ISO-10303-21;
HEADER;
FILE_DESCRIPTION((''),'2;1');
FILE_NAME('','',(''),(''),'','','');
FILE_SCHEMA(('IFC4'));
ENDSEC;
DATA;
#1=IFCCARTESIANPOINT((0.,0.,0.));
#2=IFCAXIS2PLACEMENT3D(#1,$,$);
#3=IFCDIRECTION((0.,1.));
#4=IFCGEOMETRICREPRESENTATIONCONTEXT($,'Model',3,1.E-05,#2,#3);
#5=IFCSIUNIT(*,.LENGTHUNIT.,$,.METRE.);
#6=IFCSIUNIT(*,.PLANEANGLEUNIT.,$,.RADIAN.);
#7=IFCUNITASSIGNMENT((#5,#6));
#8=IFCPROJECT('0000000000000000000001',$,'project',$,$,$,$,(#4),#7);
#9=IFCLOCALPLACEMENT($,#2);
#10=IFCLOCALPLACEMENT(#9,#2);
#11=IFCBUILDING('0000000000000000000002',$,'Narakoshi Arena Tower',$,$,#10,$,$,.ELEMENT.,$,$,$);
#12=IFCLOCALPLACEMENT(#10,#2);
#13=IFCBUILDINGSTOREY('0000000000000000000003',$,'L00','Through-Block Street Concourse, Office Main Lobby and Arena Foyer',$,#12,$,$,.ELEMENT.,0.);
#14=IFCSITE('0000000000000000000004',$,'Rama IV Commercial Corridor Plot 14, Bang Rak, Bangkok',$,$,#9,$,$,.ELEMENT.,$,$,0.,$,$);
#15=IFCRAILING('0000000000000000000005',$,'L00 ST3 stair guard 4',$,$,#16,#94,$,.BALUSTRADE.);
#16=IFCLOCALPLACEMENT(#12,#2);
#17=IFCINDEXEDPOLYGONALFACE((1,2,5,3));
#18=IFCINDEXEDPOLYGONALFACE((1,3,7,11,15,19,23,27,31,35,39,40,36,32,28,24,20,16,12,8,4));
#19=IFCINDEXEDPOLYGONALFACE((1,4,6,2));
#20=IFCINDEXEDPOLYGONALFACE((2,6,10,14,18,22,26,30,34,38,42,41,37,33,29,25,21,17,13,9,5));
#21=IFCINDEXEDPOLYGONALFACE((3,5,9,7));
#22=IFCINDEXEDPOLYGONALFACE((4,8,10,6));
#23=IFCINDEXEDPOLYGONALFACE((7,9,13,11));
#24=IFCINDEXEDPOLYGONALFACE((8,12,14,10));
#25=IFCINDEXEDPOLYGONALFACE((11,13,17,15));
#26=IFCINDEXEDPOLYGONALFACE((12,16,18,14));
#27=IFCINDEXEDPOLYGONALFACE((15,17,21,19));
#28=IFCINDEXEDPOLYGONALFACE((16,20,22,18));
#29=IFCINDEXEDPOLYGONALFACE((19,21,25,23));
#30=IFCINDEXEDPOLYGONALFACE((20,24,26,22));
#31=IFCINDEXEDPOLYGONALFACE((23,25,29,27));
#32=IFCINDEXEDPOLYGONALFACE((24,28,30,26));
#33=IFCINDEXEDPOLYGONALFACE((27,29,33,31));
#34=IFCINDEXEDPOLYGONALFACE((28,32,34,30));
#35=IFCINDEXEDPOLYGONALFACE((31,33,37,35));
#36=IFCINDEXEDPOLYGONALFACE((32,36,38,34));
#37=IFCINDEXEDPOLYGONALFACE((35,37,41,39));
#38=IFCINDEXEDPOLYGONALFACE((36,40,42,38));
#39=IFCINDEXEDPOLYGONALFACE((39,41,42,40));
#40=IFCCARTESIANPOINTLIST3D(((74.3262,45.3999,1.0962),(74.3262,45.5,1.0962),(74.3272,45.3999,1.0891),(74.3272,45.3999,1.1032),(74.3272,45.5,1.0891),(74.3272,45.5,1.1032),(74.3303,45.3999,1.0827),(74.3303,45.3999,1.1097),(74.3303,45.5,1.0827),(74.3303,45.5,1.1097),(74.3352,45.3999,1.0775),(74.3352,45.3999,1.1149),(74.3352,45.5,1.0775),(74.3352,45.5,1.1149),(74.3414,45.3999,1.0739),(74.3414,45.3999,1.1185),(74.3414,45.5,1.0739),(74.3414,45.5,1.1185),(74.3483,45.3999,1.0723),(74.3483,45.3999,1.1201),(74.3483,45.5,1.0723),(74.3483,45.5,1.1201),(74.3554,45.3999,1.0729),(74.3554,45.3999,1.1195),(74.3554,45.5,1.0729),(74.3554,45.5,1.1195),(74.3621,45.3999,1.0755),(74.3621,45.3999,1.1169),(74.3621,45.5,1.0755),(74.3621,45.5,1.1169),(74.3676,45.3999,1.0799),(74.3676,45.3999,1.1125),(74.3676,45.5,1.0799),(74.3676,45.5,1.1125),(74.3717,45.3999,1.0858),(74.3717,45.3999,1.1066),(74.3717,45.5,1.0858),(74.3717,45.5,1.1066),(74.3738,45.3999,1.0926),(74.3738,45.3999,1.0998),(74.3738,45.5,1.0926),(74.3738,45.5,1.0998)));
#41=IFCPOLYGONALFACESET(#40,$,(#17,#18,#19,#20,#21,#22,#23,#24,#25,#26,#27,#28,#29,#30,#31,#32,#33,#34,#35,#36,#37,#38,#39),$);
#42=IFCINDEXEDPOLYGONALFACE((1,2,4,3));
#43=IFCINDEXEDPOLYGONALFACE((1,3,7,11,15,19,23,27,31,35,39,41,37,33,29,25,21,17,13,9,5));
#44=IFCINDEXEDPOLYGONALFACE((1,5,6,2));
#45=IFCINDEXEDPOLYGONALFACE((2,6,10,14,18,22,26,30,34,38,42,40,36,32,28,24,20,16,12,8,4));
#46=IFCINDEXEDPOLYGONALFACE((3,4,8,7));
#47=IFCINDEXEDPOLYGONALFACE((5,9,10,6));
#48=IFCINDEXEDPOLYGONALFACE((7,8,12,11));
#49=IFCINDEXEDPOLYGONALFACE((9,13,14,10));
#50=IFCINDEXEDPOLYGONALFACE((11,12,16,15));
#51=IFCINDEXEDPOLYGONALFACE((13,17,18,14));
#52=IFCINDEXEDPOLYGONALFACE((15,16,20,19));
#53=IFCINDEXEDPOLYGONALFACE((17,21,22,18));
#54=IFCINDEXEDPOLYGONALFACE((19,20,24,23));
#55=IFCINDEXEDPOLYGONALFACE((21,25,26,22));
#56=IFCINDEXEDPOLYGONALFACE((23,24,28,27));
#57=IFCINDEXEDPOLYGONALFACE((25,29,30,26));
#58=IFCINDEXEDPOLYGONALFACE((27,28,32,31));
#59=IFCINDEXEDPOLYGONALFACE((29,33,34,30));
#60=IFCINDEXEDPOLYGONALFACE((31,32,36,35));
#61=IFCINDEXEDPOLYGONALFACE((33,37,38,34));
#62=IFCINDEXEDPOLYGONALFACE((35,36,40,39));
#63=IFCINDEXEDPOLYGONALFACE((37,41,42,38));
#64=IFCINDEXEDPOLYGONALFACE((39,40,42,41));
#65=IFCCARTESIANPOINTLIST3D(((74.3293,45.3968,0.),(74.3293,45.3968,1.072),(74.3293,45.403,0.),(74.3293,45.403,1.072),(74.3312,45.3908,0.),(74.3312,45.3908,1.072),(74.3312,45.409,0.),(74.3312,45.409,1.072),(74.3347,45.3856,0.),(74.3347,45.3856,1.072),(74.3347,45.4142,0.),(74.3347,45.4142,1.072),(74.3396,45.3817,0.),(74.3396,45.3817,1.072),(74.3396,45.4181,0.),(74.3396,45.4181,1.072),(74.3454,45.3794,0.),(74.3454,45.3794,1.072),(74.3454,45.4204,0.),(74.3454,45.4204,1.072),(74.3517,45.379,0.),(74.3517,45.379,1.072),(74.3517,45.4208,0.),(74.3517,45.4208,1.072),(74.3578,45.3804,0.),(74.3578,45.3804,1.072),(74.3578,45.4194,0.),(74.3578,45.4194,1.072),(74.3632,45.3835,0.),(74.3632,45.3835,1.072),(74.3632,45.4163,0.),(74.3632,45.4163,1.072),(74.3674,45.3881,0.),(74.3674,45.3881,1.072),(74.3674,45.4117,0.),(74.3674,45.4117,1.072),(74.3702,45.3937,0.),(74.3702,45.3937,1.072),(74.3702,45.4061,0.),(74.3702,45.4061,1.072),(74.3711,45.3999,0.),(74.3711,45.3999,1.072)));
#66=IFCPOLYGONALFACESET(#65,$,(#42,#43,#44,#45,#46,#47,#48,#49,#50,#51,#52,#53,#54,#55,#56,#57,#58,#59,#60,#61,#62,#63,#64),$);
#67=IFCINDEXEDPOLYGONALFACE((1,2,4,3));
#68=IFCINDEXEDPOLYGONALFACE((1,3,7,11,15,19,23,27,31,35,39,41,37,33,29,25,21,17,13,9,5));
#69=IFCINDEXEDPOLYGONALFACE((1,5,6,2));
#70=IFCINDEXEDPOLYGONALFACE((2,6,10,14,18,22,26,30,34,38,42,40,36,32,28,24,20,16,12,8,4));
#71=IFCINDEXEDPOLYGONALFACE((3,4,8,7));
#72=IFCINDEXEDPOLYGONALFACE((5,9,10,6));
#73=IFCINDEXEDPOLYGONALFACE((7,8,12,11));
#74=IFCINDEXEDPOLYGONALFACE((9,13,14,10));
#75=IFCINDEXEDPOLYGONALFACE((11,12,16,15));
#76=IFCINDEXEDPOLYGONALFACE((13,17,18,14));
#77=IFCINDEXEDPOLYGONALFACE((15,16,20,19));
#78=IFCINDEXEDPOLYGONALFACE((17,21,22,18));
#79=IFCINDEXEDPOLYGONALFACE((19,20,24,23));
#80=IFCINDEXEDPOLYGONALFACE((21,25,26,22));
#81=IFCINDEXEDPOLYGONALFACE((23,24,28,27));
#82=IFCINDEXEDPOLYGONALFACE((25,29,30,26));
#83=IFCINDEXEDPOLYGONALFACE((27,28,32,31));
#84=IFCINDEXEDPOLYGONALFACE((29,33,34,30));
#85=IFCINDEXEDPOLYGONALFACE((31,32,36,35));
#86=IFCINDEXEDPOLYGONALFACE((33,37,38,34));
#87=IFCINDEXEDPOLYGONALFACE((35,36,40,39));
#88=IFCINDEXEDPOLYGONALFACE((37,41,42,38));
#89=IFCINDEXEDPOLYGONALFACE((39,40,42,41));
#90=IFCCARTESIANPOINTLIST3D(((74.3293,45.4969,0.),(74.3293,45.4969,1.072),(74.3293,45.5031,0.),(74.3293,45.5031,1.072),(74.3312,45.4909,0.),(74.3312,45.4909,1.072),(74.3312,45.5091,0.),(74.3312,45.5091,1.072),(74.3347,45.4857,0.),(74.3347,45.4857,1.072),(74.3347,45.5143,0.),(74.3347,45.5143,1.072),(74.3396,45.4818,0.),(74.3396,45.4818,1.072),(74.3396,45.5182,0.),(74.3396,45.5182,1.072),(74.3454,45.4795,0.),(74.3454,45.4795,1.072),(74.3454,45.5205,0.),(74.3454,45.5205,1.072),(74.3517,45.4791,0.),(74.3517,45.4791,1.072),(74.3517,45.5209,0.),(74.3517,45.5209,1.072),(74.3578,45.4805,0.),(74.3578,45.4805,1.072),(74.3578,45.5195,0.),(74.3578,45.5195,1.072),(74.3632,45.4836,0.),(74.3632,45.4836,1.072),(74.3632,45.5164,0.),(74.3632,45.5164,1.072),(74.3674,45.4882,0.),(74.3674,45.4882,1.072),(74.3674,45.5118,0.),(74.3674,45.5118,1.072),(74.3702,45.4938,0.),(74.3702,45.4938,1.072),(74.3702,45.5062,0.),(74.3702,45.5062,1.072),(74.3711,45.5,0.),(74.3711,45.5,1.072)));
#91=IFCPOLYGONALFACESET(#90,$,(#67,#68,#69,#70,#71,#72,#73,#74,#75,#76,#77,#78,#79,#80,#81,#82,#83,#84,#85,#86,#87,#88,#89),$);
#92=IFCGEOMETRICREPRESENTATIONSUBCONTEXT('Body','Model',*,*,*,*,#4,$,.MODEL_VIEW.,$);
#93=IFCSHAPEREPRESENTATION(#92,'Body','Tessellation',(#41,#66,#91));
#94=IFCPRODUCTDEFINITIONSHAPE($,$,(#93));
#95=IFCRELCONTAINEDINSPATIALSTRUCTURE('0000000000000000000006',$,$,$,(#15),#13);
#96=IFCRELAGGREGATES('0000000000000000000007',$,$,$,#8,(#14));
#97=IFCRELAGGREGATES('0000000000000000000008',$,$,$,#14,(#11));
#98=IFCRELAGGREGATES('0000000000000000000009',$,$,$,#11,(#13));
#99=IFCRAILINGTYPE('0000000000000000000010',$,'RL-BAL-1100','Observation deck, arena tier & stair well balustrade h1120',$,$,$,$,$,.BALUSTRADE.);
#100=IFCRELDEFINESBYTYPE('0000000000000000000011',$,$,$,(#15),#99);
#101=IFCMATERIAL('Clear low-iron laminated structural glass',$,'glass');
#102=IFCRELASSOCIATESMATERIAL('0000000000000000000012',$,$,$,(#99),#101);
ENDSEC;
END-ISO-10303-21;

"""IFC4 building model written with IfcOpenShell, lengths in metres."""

from ifc_helpers import new_model, si_unit, direction, frame, origin, origin_2d, place, context, subcontext, project, spatial, circle, extrude, material, type_object, element, save


model = new_model("IFC4")

# Units and contexts
model_context = context("Model", 3, precision=1e-05, world=origin(), true_north=direction((0.0, 1.0)))
body_context = subcontext(model_context, "Body", "Model", "MODEL_VIEW")
ifc_project = project(units=[si_unit("LENGTHUNIT", "METRE"), si_unit("PLANEANGLEUNIT", "RADIAN")], contexts=[model_context])

# Site, building, storey
site_placement = place(None, origin())
site = spatial("IfcSite", under=ifc_project, at=site_placement, Name="Rama IV Commercial Corridor Plot 14, Bang Rak, Bangkok", CompositionType="ELEMENT", RefElevation=0.0)
building_placement = place(site_placement, origin())
building = spatial("IfcBuilding", under=site, at=building_placement, Name="Narakoshi Arena Tower", CompositionType="ELEMENT")
storey_placement = place(building_placement, origin())
storey = spatial("IfcBuildingStorey", under=building, at=storey_placement, Name="L00", Description="Through-Block Street Concourse, Office Main Lobby and Arena Foyer", CompositionType="ELEMENT", Elevation=0.0)

# Railing
ifc_material_1 = material(Name="Clear low-iron laminated structural glass", Category="glass")
railing_type_1 = type_object("IfcRailingType", Name="RL-BAL-1100", Description="Observation deck, arena tier & stair well balustrade h1120", PredefinedType="BALUSTRADE", material=ifc_material_1)
railing_1_placement = place(storey_placement, frame((74.3501, 45.3999, 0.0)))
element("IfcRailing", 1, at=railing_1_placement, inside=storey, type_object=railing_type_1, Name="L00 ST3 stair guard 4", PredefinedType="BALUSTRADE", context=body_context, shape_type="SweptSolid", body=[
    extrude(circle(Radius=0.0239, at=origin_2d()), frame((0.0, 0.0, 1.0962), z_axis=(0.0, 1.0, 0.0), x_axis=(-1.0, 0.0, 0.0)), (0.0, 0.0, 1.0), 0.1001),
    extrude(circle(Radius=0.021, at=origin_2d()), origin(), (0.0, 0.0, 1.0), 1.072),
    extrude(circle(Radius=0.021, at=origin_2d()), frame((0.0, 0.1001, 0.0)), (0.0, 0.0, 1.0), 1.072),
])

save(model, "model.ifc")
